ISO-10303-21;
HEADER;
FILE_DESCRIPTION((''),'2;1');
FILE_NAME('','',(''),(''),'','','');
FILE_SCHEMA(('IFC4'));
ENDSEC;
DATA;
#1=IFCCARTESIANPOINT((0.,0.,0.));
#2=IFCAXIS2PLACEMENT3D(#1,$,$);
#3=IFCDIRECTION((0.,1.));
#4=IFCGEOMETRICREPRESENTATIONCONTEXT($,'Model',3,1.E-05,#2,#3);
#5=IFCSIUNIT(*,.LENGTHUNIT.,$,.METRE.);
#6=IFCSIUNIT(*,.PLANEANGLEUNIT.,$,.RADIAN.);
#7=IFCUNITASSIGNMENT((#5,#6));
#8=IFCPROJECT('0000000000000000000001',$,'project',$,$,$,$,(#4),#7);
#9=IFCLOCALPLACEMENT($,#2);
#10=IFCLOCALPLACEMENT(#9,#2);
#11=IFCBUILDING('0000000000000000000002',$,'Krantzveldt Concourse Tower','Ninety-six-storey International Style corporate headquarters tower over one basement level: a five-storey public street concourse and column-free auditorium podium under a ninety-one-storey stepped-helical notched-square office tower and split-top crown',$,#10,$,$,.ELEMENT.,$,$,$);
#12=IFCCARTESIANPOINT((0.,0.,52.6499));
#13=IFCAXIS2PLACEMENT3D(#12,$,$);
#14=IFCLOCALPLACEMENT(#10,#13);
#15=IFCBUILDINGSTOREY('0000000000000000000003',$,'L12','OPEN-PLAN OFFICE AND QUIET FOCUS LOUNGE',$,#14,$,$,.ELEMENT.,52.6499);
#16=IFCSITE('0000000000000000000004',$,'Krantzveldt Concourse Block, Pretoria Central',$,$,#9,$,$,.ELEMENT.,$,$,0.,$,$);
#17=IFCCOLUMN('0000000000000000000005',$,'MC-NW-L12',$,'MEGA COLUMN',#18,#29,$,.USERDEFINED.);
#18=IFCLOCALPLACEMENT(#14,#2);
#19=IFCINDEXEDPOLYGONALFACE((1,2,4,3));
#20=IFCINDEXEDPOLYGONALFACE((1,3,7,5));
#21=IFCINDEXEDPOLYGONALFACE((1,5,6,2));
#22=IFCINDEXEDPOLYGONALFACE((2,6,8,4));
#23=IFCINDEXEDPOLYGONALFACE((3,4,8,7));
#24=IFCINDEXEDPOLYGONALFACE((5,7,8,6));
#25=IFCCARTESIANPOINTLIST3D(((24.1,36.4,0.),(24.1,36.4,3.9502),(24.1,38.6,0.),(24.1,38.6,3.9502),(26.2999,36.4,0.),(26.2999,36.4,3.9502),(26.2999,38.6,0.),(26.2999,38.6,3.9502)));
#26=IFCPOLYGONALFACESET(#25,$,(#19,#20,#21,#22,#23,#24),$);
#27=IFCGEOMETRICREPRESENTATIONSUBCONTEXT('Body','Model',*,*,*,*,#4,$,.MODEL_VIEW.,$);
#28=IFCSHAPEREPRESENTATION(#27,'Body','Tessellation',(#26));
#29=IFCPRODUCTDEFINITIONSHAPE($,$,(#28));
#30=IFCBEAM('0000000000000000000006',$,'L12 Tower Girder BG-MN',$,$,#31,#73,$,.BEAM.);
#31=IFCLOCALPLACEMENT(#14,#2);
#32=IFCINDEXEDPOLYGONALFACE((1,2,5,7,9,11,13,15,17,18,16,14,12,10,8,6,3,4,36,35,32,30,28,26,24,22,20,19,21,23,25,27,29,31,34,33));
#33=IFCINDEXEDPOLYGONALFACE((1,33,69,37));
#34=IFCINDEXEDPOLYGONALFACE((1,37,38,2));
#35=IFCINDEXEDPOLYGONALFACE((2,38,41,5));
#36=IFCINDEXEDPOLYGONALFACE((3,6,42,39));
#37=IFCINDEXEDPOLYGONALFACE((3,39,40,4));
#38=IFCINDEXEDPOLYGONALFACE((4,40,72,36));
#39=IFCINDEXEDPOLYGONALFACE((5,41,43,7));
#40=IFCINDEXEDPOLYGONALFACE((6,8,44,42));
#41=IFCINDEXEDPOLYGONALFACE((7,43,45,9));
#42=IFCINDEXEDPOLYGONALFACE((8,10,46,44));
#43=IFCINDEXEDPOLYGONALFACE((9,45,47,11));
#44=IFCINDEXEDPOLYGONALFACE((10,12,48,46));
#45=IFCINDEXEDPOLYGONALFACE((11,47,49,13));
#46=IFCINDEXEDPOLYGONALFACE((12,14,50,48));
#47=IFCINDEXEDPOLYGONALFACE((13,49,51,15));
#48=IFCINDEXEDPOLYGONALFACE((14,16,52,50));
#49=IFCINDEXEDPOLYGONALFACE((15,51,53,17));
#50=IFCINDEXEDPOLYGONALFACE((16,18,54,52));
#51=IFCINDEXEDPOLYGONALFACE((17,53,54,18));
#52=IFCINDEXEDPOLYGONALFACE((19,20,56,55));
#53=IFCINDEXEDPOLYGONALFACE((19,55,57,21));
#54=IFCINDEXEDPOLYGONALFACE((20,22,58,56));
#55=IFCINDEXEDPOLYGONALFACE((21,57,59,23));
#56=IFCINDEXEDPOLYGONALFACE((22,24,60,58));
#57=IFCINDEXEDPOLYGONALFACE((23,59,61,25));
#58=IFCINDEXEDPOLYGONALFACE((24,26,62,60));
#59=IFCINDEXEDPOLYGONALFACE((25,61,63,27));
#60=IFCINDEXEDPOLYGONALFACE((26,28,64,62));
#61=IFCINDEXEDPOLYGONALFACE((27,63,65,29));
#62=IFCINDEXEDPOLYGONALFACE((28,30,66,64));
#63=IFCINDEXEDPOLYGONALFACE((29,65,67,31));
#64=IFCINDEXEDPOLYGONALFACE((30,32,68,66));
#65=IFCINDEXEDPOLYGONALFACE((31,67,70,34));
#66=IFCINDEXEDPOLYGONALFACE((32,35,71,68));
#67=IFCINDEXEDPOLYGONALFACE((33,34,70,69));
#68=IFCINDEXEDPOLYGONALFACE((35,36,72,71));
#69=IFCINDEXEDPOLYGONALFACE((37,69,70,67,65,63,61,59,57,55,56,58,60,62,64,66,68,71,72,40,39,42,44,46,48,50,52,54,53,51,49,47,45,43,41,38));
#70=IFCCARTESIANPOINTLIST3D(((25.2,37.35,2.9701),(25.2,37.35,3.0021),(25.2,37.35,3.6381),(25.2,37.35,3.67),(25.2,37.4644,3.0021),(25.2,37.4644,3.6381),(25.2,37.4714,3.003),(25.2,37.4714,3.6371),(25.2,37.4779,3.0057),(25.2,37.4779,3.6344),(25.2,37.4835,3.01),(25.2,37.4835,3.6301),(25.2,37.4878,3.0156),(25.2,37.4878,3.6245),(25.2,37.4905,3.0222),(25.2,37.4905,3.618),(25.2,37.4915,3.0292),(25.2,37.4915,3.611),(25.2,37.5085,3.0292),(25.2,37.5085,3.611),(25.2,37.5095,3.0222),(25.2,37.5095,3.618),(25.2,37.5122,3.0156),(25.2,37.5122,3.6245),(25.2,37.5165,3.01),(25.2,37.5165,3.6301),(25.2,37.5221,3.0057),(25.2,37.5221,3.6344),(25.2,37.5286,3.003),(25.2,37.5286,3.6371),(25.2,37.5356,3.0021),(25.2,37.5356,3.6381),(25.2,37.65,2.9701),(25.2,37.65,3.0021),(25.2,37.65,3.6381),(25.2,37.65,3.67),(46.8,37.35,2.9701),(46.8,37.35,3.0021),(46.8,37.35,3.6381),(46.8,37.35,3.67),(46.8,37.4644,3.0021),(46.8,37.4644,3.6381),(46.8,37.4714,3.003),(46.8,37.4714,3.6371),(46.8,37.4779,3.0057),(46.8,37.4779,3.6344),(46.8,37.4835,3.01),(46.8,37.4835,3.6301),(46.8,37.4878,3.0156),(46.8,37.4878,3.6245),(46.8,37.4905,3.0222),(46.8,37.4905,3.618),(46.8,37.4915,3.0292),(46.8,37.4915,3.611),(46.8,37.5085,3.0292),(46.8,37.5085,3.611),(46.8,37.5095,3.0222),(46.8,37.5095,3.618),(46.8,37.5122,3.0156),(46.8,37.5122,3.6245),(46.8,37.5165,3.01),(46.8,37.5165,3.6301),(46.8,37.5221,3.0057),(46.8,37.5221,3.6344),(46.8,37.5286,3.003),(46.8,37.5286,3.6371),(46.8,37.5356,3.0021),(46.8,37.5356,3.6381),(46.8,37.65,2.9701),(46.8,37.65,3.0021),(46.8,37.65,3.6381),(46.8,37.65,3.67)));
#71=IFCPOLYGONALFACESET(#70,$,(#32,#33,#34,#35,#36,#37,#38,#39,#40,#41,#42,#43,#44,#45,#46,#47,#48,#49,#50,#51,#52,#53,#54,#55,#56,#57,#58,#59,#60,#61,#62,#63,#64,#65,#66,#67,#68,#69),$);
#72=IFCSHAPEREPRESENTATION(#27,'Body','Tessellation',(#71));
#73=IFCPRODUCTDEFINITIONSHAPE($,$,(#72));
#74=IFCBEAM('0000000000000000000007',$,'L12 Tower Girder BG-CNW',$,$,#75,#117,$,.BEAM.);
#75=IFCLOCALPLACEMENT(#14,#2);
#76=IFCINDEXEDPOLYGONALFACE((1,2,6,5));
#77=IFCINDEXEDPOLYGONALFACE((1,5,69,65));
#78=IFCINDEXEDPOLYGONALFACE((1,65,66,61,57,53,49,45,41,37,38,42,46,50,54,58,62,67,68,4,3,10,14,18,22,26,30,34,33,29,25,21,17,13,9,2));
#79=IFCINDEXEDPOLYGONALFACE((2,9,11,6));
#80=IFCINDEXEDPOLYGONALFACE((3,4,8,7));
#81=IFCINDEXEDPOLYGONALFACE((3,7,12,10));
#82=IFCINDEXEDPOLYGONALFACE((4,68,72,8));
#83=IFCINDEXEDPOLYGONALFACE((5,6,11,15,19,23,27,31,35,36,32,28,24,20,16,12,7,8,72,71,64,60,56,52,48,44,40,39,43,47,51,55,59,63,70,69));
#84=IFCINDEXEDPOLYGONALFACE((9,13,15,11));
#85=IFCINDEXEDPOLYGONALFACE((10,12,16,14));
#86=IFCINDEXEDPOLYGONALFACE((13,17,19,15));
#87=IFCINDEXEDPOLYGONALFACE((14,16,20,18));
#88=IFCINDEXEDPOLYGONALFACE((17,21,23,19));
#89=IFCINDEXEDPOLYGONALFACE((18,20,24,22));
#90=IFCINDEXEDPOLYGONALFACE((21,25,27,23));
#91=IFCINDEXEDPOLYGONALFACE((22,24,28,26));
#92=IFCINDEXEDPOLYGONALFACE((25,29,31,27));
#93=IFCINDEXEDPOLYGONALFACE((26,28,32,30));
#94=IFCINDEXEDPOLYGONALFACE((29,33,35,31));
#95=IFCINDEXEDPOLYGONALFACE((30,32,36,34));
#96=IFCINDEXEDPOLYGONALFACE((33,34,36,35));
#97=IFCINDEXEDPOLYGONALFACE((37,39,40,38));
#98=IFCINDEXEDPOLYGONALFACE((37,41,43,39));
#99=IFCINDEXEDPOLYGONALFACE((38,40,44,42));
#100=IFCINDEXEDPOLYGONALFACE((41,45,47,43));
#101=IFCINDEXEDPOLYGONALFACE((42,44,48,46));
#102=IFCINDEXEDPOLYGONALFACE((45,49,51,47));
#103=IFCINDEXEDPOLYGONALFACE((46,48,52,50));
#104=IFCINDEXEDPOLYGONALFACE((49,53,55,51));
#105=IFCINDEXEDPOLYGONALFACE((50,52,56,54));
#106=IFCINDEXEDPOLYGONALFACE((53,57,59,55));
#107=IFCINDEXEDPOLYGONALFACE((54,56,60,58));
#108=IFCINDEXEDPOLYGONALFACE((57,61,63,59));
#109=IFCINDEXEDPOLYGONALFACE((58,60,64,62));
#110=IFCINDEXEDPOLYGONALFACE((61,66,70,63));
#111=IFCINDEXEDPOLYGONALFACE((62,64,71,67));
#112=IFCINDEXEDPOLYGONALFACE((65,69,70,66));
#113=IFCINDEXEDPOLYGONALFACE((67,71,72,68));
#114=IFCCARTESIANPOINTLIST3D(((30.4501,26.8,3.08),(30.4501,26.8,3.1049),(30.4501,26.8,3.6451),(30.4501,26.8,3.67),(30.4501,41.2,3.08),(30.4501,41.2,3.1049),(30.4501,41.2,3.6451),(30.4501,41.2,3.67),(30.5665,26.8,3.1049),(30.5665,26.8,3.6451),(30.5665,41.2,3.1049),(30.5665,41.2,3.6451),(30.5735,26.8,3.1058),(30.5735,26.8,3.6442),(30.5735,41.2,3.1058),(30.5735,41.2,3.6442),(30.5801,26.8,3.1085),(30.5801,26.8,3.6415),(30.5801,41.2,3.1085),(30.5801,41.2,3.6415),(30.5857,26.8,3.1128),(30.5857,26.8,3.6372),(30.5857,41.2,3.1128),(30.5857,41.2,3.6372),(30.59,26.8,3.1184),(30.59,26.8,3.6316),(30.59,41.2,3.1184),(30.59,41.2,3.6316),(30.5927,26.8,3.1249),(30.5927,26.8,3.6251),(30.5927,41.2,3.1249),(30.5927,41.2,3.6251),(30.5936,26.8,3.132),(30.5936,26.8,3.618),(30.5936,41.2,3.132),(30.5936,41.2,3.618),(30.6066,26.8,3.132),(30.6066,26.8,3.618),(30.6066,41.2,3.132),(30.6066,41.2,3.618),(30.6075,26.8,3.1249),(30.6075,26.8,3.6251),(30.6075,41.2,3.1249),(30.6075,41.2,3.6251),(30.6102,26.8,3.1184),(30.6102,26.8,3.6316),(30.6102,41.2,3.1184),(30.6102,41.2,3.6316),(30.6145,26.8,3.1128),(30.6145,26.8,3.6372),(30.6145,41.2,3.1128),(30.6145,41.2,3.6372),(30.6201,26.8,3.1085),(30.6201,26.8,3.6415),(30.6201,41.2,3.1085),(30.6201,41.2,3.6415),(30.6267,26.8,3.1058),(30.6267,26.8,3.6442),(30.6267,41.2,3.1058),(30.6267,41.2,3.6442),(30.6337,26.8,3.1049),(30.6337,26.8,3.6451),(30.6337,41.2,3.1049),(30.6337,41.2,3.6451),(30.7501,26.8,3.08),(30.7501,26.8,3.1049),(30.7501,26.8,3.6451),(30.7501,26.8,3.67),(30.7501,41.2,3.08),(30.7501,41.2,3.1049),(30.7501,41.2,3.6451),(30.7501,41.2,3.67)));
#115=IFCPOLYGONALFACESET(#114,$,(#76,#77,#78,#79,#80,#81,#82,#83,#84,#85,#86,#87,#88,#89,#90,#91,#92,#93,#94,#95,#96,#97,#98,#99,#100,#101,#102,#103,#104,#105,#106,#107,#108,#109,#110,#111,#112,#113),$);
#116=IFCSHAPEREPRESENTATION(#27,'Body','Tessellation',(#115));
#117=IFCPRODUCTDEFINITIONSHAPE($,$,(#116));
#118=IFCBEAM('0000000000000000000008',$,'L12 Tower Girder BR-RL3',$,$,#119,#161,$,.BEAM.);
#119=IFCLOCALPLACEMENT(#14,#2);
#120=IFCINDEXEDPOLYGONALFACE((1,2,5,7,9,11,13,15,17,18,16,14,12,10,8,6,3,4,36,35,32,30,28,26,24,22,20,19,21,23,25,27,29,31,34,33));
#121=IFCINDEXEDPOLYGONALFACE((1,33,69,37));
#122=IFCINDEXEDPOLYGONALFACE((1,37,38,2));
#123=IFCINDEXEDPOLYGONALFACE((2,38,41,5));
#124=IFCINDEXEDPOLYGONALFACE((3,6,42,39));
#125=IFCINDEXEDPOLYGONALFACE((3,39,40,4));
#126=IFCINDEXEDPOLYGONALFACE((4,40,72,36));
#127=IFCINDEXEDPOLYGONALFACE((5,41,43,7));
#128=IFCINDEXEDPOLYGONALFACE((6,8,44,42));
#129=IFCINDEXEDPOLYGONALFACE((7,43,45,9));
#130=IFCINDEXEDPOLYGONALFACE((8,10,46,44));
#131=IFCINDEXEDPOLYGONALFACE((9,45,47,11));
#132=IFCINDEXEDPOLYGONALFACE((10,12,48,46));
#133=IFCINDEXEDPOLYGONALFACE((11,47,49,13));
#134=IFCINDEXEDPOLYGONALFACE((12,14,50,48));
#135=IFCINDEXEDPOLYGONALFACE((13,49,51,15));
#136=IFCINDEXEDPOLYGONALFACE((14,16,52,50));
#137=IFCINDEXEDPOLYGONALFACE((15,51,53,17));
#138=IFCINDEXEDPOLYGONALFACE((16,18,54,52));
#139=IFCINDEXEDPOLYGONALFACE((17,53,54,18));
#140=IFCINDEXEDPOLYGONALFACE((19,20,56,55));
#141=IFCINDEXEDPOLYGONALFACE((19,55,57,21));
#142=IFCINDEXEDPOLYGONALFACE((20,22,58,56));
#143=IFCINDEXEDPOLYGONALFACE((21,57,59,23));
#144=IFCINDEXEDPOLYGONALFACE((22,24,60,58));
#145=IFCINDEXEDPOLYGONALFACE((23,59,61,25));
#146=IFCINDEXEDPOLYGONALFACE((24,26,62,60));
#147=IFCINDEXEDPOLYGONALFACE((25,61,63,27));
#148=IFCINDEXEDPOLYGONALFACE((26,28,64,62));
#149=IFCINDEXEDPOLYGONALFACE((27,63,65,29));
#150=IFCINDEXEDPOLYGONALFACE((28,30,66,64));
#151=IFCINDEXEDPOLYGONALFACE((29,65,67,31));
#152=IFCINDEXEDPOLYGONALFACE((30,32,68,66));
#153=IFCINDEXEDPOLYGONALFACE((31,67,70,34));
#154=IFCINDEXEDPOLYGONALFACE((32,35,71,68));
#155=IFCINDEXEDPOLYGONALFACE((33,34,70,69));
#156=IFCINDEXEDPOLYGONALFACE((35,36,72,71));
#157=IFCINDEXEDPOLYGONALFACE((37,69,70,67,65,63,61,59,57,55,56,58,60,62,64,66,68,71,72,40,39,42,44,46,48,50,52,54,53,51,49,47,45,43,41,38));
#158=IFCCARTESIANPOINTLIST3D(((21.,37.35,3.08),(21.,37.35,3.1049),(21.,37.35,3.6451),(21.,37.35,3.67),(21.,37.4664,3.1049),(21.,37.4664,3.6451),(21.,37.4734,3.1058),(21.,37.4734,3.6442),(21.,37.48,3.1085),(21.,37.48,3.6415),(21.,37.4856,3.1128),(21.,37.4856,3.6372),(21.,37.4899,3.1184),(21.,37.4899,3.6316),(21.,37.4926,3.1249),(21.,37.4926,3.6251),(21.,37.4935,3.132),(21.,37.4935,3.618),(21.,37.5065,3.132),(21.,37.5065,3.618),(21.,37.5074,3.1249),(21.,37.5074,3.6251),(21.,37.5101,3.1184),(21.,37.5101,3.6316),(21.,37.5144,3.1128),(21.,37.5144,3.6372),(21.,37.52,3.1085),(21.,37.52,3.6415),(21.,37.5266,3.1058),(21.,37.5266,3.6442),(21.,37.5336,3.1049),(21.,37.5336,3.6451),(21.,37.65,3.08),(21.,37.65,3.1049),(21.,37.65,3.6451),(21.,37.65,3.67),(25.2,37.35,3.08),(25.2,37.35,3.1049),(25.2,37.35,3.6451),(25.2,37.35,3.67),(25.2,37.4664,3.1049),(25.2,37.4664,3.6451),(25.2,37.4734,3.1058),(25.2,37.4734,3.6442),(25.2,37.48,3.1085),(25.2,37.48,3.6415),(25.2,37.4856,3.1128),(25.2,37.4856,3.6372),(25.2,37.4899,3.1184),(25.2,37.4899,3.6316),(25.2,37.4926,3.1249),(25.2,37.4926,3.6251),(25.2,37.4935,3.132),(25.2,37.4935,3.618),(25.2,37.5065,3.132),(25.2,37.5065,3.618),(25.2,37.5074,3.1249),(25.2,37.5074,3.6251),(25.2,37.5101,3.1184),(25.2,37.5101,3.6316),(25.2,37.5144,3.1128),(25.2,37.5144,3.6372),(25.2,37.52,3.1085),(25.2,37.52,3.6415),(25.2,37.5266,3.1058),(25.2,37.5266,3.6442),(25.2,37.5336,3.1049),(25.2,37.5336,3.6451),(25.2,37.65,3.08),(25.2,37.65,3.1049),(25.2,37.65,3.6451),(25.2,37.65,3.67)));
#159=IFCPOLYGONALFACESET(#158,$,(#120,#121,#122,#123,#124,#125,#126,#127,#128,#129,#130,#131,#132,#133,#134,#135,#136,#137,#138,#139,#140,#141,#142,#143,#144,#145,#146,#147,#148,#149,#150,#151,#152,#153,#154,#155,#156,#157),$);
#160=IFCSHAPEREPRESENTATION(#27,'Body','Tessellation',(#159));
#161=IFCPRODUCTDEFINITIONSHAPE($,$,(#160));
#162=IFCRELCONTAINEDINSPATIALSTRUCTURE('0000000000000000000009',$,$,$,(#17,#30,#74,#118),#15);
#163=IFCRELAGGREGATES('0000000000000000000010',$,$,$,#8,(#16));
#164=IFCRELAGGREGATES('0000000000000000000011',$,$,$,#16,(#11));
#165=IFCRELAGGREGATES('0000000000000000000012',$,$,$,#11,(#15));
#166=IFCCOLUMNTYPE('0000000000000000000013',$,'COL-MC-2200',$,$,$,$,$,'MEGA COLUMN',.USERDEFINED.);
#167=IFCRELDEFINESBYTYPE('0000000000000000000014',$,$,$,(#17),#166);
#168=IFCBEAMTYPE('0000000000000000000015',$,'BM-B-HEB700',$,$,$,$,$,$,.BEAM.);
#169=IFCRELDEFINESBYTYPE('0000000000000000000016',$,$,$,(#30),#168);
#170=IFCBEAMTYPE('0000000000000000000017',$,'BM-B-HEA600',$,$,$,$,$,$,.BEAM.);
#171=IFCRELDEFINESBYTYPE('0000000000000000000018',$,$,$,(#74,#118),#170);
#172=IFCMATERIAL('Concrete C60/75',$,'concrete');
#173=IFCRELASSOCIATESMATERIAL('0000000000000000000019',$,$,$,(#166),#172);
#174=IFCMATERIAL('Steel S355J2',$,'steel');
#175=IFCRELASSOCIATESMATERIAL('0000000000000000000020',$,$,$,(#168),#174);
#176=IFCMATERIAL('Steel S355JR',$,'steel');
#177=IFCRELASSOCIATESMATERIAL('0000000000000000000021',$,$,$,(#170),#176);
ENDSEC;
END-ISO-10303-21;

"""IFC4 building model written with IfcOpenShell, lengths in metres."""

from ifc_helpers import new_model, si_unit, direction, frame, origin, origin_2d, place, context, subcontext, project, spatial, rectangle, i_section, extrude, source, transform, mapped, material, material_profile, profile_set, type_object, type_shapes, element, save


model = new_model("IFC4")

# Units and contexts
model_context = context("Model", 3, precision=1e-05, world=origin(), true_north=direction((0.0, 1.0)))
body_context = subcontext(model_context, "Body", "Model", "MODEL_VIEW")
ifc_project = project(units=[si_unit("LENGTHUNIT", "METRE"), si_unit("PLANEANGLEUNIT", "RADIAN")], contexts=[model_context])

# Site, building, storey
site_placement = place(None, origin())
site = spatial("IfcSite", under=ifc_project, at=site_placement, Name="Krantzveldt Concourse Block, Pretoria Central", CompositionType="ELEMENT", RefElevation=0.0)
building_placement = place(site_placement, origin())
building = spatial("IfcBuilding", under=site, at=building_placement, Name="Krantzveldt Concourse Tower", Description="Ninety-six-storey International Style corporate headquarters tower over one basement level: a five-storey public street concourse and column-free auditorium podium under a ninety-one-storey stepped-helical notched-square office tower and split-top crown", CompositionType="ELEMENT")
storey_placement = place(building_placement, frame((0.0, 0.0, 52.6499)))
storey = spatial("IfcBuildingStorey", under=building, at=storey_placement, Name="L12", Description="OPEN-PLAN OFFICE AND QUIET FOCUS LOUNGE", CompositionType="ELEMENT", Elevation=52.6499)

# Column
ifc_material_1 = material(Name="Concrete C60/75", Category="concrete")
ifc_material_profile_1 = material_profile(ifc_material_1, rectangle(XDim=2.2, YDim=2.2, at=origin_2d()), Name="Concrete C60/75", Category="concrete")
ifc_profile_set_1 = profile_set([ifc_material_profile_1], Name="Concrete C60/75 - RC 2200x2200")
column_type = type_object("IfcColumnType", Name="COL-MC-2200", ElementType="MEGA COLUMN", PredefinedType="USERDEFINED", material=ifc_profile_set_1)
shared_shape_1 = source(origin(), body_context, "Body", "SweptSolid", [
    extrude(rectangle(XDim=2.2, YDim=2.2, at=origin_2d()), origin(), (0.0, 0.0, 1.0), 3.9502),
])
type_shapes(column_type, [shared_shape_1])
column_placement = place(storey_placement, frame((25.2, 37.5, 0.0), z_axis=(0.0, 0.0, 1.0), x_axis=(1.0, 0.0, 0.0)))
element("IfcColumn", 1, at=column_placement, inside=storey, type_object=column_type, Name="MC-NW-L12", ObjectType="MEGA COLUMN", PredefinedType="USERDEFINED", context=body_context, shape_type="MappedRepresentation", body=[
    mapped(shared_shape_1, transform((0.0, 0.0, 0.0), x_axis=(1.0, 0.0, 0.0), y_axis=(0.0, 1.0, 0.0), z_axis=(0.0, 0.0, 1.0), scale=1.0)),
])

# Beams
ifc_material_2 = material(Name="Steel S355J2", Category="steel")
ifc_material_profile_2 = material_profile(ifc_material_2, i_section(OverallWidth=0.3, OverallDepth=0.7, WebThickness=0.0171, FlangeThickness=0.032, FilletRadius=0.0271, at=origin_2d()), Name="Steel S355J2", Category="steel")
ifc_profile_set_2 = profile_set([ifc_material_profile_2], Name="Steel S355J2 - HEB 700")
beam_type_1 = type_object("IfcBeamType", Name="BM-B-HEB700", PredefinedType="BEAM", material=ifc_profile_set_2)
shared_shape_2 = source(origin(), body_context, "Body", "SweptSolid", [
    extrude(i_section(OverallWidth=0.3, OverallDepth=0.7, WebThickness=0.0171, FlangeThickness=0.032, FilletRadius=0.0271, at=origin_2d()), origin(), (0.0, 0.0, 1.0), 21.6001),
])
type_shapes(beam_type_1, [shared_shape_2])
beam_1_placement = place(storey_placement, frame((25.2, 37.5, 3.3201), z_axis=(1.0, 0.0, 0.0), x_axis=(0.0, 1.0, 0.0)))
element("IfcBeam", 2, at=beam_1_placement, inside=storey, type_object=beam_type_1, Name="L12 Tower Girder BG-MN", PredefinedType="BEAM", context=body_context, shape_type="MappedRepresentation", body=[
    mapped(shared_shape_2, transform((0.0, 0.0, 0.0), x_axis=(1.0, 0.0, 0.0), y_axis=(0.0, 1.0, 0.0), z_axis=(0.0, 0.0, 1.0), scale=1.0)),
])
ifc_material_3 = material(Name="Steel S355JR", Category="steel")
ifc_material_profile_3 = material_profile(ifc_material_3, i_section(OverallWidth=0.3, OverallDepth=0.5901, WebThickness=0.0129, FlangeThickness=0.0249, FilletRadius=0.0271, at=origin_2d()), Name="Steel S355JR", Category="steel")
ifc_profile_set_3 = profile_set([ifc_material_profile_3], Name="Steel S355JR - HEA 600")
beam_type_2 = type_object("IfcBeamType", Name="BM-B-HEA600", PredefinedType="BEAM", material=ifc_profile_set_3)
shared_shape_3 = source(origin(), body_context, "Body", "SweptSolid", [
    extrude(i_section(OverallWidth=0.3, OverallDepth=0.5901, WebThickness=0.0129, FlangeThickness=0.0249, FilletRadius=0.0271, at=origin_2d()), origin(), (0.0, 0.0, 1.0), 14.3999),
])
beam_2_placement = place(storey_placement, frame((30.6001, 26.8, 3.375), z_axis=(0.0, 1.0, 0.0), x_axis=(-1.0, 0.0, 0.0)))
element("IfcBeam", 3, at=beam_2_placement, inside=storey, type_object=beam_type_2, Name="L12 Tower Girder BG-CNW", PredefinedType="BEAM", context=body_context, shape_type="MappedRepresentation", body=[
    mapped(shared_shape_3, transform((0.0, 0.0, 0.0), x_axis=(1.0, 0.0, 0.0), y_axis=(0.0, 1.0, 0.0), z_axis=(0.0, 0.0, 1.0), scale=1.0)),
])
shared_shape_4 = source(origin(), body_context, "Body", "SweptSolid", [
    extrude(i_section(OverallWidth=0.3, OverallDepth=0.5901, WebThickness=0.0129, FlangeThickness=0.0249, FilletRadius=0.0271, at=origin_2d()), origin(), (0.0, 0.0, 1.0), 4.2),
])
type_shapes(beam_type_2, [shared_shape_3, shared_shape_4])
beam_3_placement = place(storey_placement, frame((21.0, 37.5, 3.375), z_axis=(1.0, 0.0, 0.0), x_axis=(0.0, 1.0, 0.0)))
element("IfcBeam", 4, at=beam_3_placement, inside=storey, type_object=beam_type_2, Name="L12 Tower Girder BR-RL3", PredefinedType="BEAM", context=body_context, shape_type="MappedRepresentation", body=[
    mapped(shared_shape_4, transform((0.0, 0.0, 0.0), x_axis=(1.0, 0.0, 0.0), y_axis=(0.0, 1.0, 0.0), z_axis=(0.0, 0.0, 1.0), scale=1.0)),
])

save(model, "model.ifc")
